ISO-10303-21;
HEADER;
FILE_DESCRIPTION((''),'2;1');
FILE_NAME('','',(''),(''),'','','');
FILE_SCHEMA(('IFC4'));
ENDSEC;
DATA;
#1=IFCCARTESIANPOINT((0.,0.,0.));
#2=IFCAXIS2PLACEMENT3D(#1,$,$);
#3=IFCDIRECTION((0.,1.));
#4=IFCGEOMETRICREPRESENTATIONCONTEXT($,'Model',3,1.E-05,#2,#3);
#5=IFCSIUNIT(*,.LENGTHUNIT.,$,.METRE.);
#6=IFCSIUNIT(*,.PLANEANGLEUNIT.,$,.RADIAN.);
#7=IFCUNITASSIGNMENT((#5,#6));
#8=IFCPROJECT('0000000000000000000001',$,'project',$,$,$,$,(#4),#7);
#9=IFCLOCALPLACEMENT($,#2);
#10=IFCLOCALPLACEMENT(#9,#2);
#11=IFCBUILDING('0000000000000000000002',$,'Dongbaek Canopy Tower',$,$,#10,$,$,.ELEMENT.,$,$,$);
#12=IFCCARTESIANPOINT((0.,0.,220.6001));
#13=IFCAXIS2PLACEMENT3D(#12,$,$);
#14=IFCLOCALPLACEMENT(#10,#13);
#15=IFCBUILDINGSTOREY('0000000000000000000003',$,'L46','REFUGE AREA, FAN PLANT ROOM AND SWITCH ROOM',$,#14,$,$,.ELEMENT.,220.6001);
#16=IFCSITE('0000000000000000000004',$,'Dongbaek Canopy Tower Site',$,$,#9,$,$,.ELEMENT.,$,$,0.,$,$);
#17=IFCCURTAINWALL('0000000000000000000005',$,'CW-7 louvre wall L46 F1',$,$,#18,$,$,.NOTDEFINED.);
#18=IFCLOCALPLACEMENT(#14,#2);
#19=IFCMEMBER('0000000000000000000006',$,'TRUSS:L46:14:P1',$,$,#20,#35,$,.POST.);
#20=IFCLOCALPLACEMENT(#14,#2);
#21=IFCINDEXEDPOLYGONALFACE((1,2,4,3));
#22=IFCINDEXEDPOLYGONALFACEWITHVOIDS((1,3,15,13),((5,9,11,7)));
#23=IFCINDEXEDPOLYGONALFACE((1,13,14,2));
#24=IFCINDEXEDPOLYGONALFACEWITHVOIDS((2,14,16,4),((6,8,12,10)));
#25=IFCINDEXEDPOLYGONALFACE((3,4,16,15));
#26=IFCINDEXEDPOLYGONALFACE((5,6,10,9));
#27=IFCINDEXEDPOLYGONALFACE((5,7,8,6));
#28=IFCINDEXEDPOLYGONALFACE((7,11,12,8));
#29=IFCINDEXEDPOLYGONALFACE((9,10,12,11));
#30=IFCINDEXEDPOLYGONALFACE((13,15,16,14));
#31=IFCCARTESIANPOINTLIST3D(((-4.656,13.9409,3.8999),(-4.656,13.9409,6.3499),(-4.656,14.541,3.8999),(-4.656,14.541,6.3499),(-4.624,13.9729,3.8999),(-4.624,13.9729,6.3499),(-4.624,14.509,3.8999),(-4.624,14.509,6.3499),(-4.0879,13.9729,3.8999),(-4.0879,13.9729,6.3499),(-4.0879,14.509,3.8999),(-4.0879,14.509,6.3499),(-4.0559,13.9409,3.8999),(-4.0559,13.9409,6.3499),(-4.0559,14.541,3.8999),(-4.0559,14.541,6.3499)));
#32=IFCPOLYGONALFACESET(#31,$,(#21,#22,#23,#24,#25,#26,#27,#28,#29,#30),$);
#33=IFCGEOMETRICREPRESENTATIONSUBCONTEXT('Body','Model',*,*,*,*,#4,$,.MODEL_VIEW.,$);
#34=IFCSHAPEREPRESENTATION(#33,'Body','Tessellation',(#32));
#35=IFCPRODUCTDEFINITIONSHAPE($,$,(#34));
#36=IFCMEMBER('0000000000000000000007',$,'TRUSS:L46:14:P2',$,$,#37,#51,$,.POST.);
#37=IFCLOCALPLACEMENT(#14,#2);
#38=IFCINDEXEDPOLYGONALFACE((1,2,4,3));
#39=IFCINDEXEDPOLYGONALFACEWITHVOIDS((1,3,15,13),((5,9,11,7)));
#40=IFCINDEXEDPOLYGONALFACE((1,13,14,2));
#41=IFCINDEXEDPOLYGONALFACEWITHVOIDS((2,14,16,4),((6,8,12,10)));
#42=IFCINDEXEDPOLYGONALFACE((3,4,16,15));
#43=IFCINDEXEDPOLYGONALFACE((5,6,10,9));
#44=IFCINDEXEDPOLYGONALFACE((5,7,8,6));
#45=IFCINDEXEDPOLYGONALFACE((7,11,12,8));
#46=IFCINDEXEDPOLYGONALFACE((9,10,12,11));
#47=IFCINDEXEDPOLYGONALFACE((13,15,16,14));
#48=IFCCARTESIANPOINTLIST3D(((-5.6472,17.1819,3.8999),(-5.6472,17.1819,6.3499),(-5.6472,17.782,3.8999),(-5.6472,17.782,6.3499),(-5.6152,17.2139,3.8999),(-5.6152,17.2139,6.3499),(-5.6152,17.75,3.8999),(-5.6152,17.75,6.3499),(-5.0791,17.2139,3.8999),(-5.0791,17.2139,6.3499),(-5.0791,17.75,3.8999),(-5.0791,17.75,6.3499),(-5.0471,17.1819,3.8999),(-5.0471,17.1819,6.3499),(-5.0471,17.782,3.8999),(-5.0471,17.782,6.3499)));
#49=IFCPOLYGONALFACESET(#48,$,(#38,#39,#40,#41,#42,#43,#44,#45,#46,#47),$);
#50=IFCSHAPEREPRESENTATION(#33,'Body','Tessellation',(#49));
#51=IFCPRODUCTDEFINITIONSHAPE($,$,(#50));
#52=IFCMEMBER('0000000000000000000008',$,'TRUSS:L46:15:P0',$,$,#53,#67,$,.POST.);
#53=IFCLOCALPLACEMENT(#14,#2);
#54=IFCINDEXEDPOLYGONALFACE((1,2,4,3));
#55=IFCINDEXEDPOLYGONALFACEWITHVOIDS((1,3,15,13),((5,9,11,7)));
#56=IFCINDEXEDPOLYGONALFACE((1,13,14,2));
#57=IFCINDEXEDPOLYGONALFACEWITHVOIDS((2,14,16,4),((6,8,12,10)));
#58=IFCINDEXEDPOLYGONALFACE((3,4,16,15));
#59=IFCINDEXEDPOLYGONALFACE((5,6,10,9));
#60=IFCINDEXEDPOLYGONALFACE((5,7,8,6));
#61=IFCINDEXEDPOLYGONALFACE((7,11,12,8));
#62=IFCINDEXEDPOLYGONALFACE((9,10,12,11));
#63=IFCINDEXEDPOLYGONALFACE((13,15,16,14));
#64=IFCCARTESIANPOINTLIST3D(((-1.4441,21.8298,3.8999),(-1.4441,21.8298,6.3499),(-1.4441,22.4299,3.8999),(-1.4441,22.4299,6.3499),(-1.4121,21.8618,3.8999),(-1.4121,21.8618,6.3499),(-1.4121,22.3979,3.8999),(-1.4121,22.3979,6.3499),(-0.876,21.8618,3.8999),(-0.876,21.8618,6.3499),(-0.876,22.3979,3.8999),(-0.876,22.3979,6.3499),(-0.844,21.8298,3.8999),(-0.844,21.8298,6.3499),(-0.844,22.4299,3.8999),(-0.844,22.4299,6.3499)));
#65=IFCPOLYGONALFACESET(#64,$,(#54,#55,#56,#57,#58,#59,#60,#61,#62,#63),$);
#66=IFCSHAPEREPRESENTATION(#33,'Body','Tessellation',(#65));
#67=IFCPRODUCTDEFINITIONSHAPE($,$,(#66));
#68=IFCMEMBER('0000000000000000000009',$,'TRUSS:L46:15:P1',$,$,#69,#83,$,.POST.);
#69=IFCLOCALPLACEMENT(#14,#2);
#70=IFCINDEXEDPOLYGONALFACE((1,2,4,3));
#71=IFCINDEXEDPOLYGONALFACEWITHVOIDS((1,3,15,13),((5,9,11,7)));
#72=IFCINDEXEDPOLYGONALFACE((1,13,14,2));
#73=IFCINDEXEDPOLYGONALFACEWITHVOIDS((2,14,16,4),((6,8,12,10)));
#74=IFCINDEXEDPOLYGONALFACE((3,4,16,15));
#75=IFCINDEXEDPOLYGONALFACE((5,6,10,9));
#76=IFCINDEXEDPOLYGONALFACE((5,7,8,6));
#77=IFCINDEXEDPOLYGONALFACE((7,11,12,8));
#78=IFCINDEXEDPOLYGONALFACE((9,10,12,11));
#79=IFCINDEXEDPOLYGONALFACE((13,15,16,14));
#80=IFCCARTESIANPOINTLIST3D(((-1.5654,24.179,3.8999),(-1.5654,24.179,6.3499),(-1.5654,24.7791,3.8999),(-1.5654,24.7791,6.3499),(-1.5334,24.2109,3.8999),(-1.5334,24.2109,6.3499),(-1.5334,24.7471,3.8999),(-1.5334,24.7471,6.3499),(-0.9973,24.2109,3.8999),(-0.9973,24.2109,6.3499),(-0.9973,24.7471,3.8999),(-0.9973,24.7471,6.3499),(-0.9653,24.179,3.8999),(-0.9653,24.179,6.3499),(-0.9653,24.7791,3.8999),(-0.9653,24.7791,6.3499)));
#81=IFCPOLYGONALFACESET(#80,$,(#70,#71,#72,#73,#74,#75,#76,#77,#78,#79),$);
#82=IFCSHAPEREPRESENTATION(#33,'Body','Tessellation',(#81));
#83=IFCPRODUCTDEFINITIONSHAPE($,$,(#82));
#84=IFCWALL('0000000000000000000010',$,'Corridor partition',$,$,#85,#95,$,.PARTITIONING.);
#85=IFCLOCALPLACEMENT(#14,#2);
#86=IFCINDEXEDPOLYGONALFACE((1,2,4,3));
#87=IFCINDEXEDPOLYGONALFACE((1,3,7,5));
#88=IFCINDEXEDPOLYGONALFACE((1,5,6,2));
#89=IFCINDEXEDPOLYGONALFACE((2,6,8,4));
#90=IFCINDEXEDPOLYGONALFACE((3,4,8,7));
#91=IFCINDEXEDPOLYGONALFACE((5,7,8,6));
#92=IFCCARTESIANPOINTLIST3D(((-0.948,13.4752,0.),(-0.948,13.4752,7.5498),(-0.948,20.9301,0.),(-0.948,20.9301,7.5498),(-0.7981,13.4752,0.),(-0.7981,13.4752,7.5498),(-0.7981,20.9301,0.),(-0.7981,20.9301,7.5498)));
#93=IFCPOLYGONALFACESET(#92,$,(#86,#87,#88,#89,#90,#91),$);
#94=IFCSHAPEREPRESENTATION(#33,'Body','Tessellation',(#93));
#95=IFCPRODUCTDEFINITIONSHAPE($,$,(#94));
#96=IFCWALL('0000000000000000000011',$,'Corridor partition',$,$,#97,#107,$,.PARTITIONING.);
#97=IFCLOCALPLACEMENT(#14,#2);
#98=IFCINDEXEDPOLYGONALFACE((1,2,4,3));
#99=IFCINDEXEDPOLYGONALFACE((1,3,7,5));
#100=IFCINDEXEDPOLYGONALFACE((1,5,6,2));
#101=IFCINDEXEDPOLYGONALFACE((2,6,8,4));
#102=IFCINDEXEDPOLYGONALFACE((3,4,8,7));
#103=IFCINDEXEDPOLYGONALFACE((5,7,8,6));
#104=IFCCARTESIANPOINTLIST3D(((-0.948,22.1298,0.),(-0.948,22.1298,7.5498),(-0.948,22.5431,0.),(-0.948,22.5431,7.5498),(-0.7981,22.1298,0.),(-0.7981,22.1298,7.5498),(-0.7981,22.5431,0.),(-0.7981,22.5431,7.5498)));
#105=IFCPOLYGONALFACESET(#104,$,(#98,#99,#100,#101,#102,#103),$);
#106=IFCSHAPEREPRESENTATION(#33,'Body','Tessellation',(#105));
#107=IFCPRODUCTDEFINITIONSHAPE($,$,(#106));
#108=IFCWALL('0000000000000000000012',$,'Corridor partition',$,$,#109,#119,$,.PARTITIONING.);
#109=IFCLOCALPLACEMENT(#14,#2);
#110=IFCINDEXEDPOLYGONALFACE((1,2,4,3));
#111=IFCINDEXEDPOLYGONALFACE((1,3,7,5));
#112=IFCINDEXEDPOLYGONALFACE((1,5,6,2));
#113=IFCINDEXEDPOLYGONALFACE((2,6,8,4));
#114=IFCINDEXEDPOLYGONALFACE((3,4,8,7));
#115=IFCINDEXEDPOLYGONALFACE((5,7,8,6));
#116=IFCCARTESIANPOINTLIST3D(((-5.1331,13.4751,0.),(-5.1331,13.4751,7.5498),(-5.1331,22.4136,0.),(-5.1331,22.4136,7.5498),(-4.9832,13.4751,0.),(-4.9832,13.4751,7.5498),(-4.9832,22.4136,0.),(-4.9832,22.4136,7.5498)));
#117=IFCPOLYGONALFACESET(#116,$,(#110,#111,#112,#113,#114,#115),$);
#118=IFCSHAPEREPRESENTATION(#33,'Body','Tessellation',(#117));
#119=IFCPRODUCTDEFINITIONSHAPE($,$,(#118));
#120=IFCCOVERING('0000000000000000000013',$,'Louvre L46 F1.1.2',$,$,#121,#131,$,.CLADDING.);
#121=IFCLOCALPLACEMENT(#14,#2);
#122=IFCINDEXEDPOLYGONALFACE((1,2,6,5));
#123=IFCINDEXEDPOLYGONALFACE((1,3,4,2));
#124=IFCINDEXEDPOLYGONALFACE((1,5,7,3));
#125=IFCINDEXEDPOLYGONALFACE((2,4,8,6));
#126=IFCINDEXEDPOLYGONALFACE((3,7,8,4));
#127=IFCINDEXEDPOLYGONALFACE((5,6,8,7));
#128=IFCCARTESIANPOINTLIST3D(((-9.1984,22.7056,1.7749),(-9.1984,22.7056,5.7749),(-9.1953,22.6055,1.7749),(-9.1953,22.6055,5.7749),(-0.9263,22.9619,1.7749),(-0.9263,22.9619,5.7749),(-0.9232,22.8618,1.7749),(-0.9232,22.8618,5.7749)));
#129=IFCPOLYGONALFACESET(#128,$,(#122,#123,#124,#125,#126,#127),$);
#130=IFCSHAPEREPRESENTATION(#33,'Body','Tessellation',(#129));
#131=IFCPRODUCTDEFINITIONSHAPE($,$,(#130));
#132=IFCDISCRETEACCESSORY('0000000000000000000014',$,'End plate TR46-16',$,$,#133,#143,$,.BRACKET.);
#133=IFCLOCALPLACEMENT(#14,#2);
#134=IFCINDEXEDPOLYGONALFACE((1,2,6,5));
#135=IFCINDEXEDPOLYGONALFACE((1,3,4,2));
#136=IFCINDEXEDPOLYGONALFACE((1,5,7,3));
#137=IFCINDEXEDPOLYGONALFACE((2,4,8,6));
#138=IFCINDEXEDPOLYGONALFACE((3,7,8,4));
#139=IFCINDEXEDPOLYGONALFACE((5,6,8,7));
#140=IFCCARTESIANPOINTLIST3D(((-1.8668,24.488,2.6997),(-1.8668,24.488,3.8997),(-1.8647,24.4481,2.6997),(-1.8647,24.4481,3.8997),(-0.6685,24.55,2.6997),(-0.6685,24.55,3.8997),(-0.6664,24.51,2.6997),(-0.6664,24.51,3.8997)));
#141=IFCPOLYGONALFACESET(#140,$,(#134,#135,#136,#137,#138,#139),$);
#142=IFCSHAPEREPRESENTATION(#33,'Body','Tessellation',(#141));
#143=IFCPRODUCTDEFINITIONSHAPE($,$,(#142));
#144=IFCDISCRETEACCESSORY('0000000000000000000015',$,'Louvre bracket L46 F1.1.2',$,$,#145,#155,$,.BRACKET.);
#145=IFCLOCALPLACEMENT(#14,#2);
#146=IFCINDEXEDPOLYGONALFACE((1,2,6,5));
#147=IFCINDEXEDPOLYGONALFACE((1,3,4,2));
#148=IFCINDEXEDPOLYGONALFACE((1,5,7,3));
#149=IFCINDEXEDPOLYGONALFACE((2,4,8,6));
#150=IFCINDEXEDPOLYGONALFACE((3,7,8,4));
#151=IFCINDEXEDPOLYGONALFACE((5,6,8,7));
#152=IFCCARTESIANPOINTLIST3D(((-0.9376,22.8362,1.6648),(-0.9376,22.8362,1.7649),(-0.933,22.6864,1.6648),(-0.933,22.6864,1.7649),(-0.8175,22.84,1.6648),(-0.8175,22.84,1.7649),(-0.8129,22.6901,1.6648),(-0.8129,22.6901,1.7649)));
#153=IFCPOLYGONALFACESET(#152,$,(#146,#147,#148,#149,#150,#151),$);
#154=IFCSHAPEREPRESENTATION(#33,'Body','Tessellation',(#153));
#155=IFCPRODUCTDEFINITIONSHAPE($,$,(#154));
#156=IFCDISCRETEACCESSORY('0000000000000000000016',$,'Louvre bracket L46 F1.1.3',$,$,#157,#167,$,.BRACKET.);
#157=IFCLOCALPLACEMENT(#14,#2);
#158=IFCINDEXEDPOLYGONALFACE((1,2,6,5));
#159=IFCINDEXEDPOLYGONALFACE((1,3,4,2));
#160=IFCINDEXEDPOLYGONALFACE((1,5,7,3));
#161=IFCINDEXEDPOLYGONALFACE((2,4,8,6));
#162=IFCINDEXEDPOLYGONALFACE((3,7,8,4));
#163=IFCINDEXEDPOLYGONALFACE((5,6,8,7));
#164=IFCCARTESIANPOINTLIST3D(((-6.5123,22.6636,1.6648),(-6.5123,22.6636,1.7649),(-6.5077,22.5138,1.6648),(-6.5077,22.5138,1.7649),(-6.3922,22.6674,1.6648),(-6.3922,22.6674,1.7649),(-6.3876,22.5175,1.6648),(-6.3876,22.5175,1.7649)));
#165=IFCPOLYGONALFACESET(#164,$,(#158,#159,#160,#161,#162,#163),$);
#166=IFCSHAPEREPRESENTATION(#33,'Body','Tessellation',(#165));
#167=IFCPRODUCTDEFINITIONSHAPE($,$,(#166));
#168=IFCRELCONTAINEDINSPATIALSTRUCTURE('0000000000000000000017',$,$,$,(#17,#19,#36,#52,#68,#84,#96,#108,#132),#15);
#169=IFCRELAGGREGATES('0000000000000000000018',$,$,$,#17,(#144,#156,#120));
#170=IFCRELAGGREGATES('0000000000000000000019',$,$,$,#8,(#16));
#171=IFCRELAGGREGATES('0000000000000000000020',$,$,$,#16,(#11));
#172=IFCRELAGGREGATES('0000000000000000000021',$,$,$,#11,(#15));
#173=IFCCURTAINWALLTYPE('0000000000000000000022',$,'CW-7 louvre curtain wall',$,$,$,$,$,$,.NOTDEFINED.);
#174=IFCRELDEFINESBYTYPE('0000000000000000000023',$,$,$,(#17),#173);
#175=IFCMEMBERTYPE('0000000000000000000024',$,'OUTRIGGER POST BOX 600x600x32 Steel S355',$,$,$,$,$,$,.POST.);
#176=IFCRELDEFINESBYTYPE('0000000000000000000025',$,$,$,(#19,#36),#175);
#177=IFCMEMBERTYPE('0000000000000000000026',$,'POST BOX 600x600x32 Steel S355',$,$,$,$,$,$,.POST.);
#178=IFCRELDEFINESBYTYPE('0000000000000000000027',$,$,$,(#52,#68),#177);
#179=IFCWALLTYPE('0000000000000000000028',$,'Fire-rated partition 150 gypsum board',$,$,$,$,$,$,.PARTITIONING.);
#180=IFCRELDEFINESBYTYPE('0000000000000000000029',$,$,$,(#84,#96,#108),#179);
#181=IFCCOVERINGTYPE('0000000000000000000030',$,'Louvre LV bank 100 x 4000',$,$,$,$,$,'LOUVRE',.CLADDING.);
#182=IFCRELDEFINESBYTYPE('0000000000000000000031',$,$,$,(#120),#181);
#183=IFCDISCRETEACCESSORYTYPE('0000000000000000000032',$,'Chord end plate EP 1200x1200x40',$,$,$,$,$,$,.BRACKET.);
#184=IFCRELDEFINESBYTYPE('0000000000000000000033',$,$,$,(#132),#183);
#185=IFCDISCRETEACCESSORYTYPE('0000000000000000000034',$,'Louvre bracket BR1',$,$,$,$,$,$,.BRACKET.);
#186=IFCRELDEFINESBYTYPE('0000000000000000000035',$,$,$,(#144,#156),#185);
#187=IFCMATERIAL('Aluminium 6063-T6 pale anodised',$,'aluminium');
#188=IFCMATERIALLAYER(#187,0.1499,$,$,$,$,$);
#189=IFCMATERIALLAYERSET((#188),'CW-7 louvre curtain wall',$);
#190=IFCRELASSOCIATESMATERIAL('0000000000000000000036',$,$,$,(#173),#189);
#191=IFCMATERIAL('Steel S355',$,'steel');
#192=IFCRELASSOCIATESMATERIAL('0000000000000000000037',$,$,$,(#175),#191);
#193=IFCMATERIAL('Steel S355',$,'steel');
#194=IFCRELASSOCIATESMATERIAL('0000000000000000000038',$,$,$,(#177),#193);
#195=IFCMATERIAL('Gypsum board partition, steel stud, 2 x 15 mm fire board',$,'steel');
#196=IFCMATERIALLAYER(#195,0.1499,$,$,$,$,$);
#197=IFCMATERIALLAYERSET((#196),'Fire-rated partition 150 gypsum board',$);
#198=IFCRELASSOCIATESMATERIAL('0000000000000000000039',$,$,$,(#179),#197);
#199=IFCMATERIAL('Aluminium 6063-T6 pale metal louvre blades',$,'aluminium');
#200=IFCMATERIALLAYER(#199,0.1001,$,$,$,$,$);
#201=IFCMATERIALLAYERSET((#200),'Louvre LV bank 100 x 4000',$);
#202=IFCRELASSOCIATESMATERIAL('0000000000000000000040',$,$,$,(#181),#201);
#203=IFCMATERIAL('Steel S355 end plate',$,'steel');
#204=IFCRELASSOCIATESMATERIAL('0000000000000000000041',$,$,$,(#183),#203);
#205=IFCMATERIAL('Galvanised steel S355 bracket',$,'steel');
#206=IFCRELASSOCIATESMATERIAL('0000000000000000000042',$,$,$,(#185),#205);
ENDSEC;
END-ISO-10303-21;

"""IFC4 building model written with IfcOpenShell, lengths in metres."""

from ifc_helpers import new_model, si_unit, direction, frame, frame_2d, origin, origin_2d, place, context, subcontext, project, spatial, rectangle, hollow_rectangle, extrude, material, layer, layer_set, material_profile, profile_set, type_object, element, aggregate, save


model = new_model("IFC4")

# Units and contexts
model_context = context("Model", 3, precision=1e-05, world=origin(), true_north=direction((0.0, 1.0)))
body_context = subcontext(model_context, "Body", "Model", "MODEL_VIEW")
ifc_project = project(units=[si_unit("LENGTHUNIT", "METRE"), si_unit("PLANEANGLEUNIT", "RADIAN")], contexts=[model_context])

# Site, building, storey
site_placement = place(None, origin())
site = spatial("IfcSite", under=ifc_project, at=site_placement, Name="Dongbaek Canopy Tower Site", CompositionType="ELEMENT", RefElevation=0.0)
building_placement = place(site_placement, origin())
building = spatial("IfcBuilding", under=site, at=building_placement, Name="Dongbaek Canopy Tower", CompositionType="ELEMENT")
storey_placement = place(building_placement, frame((0.0, 0.0, 220.6001)))
storey = spatial("IfcBuildingStorey", under=building, at=storey_placement, Name="L46", Description="REFUGE AREA, FAN PLANT ROOM AND SWITCH ROOM", CompositionType="ELEMENT", Elevation=220.6001)

# Curtain wall
ifc_material_1 = material(Name="Aluminium 6063-T6 pale anodised", Category="aluminium")
ifc_layer_1 = layer(ifc_material_1, 0.1499)
ifc_layer_set_1 = layer_set([ifc_layer_1], Name="CW-7 louvre curtain wall")
curtain_wall_type = type_object("IfcCurtainWallType", Name="CW-7 louvre curtain wall", PredefinedType="NOTDEFINED", material=ifc_layer_set_1)
curtain_wall_placement = place(storey_placement, origin())
curtain_wall = element("IfcCurtainWall", 1, at=curtain_wall_placement, inside=storey, type_object=curtain_wall_type, Name="CW-7 louvre wall L46 F1", PredefinedType="NOTDEFINED")

# Members
ifc_material_2 = material(Name="Steel S355", Category="steel")
ifc_material_profile_1 = material_profile(ifc_material_2, hollow_rectangle(XDim=0.6001, YDim=0.6001, WallThickness=0.032, at=origin_2d()), Name="OUTRIGGER POST BOX 600x600x32 Steel S355")
ifc_profile_set_1 = profile_set([ifc_material_profile_1], Name="Steel S355")
member_type_1 = type_object("IfcMemberType", Name="OUTRIGGER POST BOX 600x600x32 Steel S355", PredefinedType="POST", material=ifc_profile_set_1)
for number, where, z_axis, x_axis, name in (
    (2, (-4.356, 14.241, 3.8999), (0.0, 0.0, 1.0), (1.0, 0.0, 0.0), "TRUSS:L46:14:P1"),
    (3, (-5.3472, 17.4819, 3.8999), (0.0, 0.0, 1.0), (1.0, 0.0, 0.0), "TRUSS:L46:14:P2"),
):
    element("IfcMember", number, at=place(storey_placement, frame(where, z_axis=z_axis, x_axis=x_axis)), inside=storey, type_object=member_type_1, Name=name, PredefinedType="POST", context=body_context, shape_type="SweptSolid", body=[
        extrude(hollow_rectangle(XDim=0.6001, YDim=0.6001, WallThickness=0.032, at=origin_2d()), origin(), (0.0, 0.0, 1.0), 2.45),
    ])
ifc_material_3 = material(Name="Steel S355", Category="steel")
ifc_material_profile_2 = material_profile(ifc_material_3, hollow_rectangle(XDim=0.6001, YDim=0.6001, WallThickness=0.032, at=origin_2d()), Name="POST BOX 600x600x32 Steel S355")
ifc_profile_set_2 = profile_set([ifc_material_profile_2], Name="Steel S355")
member_type_2 = type_object("IfcMemberType", Name="POST BOX 600x600x32 Steel S355", PredefinedType="POST", material=ifc_profile_set_2)
for number, where, z_axis, x_axis, name in (
    (4, (-1.144, 22.1299, 3.8999), (0.0, 0.0, 1.0), (1.0, 0.0, 0.0), "TRUSS:L46:15:P0"),
    (5, (-1.2654, 24.479, 3.8999), (0.0, 0.0, 1.0), (1.0, 0.0, 0.0), "TRUSS:L46:15:P1"),
):
    element("IfcMember", number, at=place(storey_placement, frame(where, z_axis=z_axis, x_axis=x_axis)), inside=storey, type_object=member_type_2, Name=name, PredefinedType="POST", context=body_context, shape_type="SweptSolid", body=[
        extrude(hollow_rectangle(XDim=0.6001, YDim=0.6001, WallThickness=0.032, at=origin_2d()), origin(), (0.0, 0.0, 1.0), 2.45),
    ])

# Walls
ifc_material_4 = material(Name="Gypsum board partition, steel stud, 2 x 15 mm fire board", Category="steel")
ifc_layer_2 = layer(ifc_material_4, 0.1499)
ifc_layer_set_2 = layer_set([ifc_layer_2], Name="Fire-rated partition 150 gypsum board")
wall_type = type_object("IfcWallType", Name="Fire-rated partition 150 gypsum board", PredefinedType="PARTITIONING", material=ifc_layer_set_2)
wall_1_placement = place(storey_placement, frame((-0.873, 13.4751, 0.0), z_axis=(0.0, 0.0, 1.0), x_axis=(0.0, 1.0, 0.0)))
element("IfcWall", 6, at=wall_1_placement, inside=storey, type_object=wall_type, Name="Corridor partition", PredefinedType="PARTITIONING", context=body_context, shape_type="SweptSolid", body=[
    extrude(rectangle(XDim=7.4548, YDim=0.1499, at=frame_2d((3.7275, 0.0))), origin(), (0.0, 0.0, 1.0), 7.5498),
])
wall_2_placement = place(storey_placement, frame((-0.873, 22.1299, 0.0), z_axis=(0.0, 0.0, 1.0), x_axis=(0.0, 1.0, 0.0)))
element("IfcWall", 7, at=wall_2_placement, inside=storey, type_object=wall_type, Name="Corridor partition", PredefinedType="PARTITIONING", context=body_context, shape_type="SweptSolid", body=[
    extrude(rectangle(XDim=0.4133, YDim=0.1499, at=frame_2d((0.2065, 0.0))), origin(), (0.0, 0.0, 1.0), 7.5498),
])
wall_3_placement = place(storey_placement, frame((-5.0581, 13.4751, 0.0), z_axis=(0.0, 0.0, 1.0), x_axis=(0.0, 1.0, 0.0)))
element("IfcWall", 8, at=wall_3_placement, inside=storey, type_object=wall_type, Name="Corridor partition", PredefinedType="PARTITIONING", context=body_context, shape_type="SweptSolid", body=[
    extrude(rectangle(XDim=8.9385, YDim=0.1499, at=frame_2d((4.4692, 0.0))), origin(), (0.0, 0.0, 1.0), 7.5498),
])

# Covering
ifc_material_5 = material(Name="Aluminium 6063-T6 pale metal louvre blades", Category="aluminium")
ifc_layer_3 = layer(ifc_material_5, 0.1001)
ifc_layer_set_3 = layer_set([ifc_layer_3], Name="Louvre LV bank 100 x 4000")
covering_type = type_object("IfcCoveringType", Name="Louvre LV bank 100 x 4000", ElementType="LOUVRE", PredefinedType="CLADDING", material=ifc_layer_set_3)
covering_placement = place(storey_placement, frame((-5.0608, 22.7837, 1.7749), z_axis=(0.0, 0.0, 1.0), x_axis=(-0.99952, -0.030965, 0.0)))
covering = element("IfcCovering", 9, at=covering_placement, type_object=covering_type, Name="Louvre L46 F1.1.2", PredefinedType="CLADDING", context=body_context, shape_type="SweptSolid", body=[
    extrude(rectangle(XDim=8.2761, YDim=0.1001, at=origin_2d()), origin(), (0.0, 0.0, 1.0), 4.0),
])

# Discrete accessories
ifc_material_6 = material(Name="Steel S355 end plate", Category="steel")
discrete_accessory_type_1 = type_object("IfcDiscreteAccessoryType", Name="Chord end plate EP 1200x1200x40", PredefinedType="BRACKET", material=ifc_material_6)
discrete_accessory_1_placement = place(storey_placement, frame((-1.2666, 24.499, 2.6997), z_axis=(0.0, 0.0, 1.0), x_axis=(0.051627, -0.998666, 0.0)))
element("IfcDiscreteAccessory", 10, at=discrete_accessory_1_placement, inside=storey, type_object=discrete_accessory_type_1, Name="End plate TR46-16", PredefinedType="BRACKET", context=body_context, shape_type="SweptSolid", body=[
    extrude(rectangle(XDim=0.04, YDim=1.2, at=origin_2d()), origin(), (0.0, 0.0, 1.0), 1.2),
])
ifc_material_7 = material(Name="Galvanised steel S355 bracket", Category="steel")
discrete_accessory_type_2 = type_object("IfcDiscreteAccessoryType", Name="Louvre bracket BR1", PredefinedType="BRACKET", material=ifc_material_7)
discrete_accessory_2_placement = place(storey_placement, frame((-0.8752, 22.7632, 1.6648), z_axis=(0.0, 0.0, 1.0), x_axis=(-0.99952, -0.030965, 0.0)))
discrete_accessory_2 = element("IfcDiscreteAccessory", 11, at=discrete_accessory_2_placement, type_object=discrete_accessory_type_2, Name="Louvre bracket L46 F1.1.2", PredefinedType="BRACKET", context=body_context, shape_type="SweptSolid", body=[
    extrude(rectangle(XDim=0.1201, YDim=0.1499, at=origin_2d()), origin(), (0.0, 0.0, 1.0), 0.1001),
])
discrete_accessory_3_placement = place(storey_placement, frame((-6.45, 22.5906, 1.6648), z_axis=(0.0, 0.0, 1.0), x_axis=(-0.99952, -0.030965, 0.0)))
discrete_accessory_3 = element("IfcDiscreteAccessory", 12, at=discrete_accessory_3_placement, type_object=discrete_accessory_type_2, Name="Louvre bracket L46 F1.1.3", PredefinedType="BRACKET", context=body_context, shape_type="SweptSolid", body=[
    extrude(rectangle(XDim=0.1201, YDim=0.1499, at=origin_2d()), origin(), (0.0, 0.0, 1.0), 0.1001),
])
aggregate(curtain_wall, [discrete_accessory_2, discrete_accessory_3, covering])

save(model, "model.ifc")
